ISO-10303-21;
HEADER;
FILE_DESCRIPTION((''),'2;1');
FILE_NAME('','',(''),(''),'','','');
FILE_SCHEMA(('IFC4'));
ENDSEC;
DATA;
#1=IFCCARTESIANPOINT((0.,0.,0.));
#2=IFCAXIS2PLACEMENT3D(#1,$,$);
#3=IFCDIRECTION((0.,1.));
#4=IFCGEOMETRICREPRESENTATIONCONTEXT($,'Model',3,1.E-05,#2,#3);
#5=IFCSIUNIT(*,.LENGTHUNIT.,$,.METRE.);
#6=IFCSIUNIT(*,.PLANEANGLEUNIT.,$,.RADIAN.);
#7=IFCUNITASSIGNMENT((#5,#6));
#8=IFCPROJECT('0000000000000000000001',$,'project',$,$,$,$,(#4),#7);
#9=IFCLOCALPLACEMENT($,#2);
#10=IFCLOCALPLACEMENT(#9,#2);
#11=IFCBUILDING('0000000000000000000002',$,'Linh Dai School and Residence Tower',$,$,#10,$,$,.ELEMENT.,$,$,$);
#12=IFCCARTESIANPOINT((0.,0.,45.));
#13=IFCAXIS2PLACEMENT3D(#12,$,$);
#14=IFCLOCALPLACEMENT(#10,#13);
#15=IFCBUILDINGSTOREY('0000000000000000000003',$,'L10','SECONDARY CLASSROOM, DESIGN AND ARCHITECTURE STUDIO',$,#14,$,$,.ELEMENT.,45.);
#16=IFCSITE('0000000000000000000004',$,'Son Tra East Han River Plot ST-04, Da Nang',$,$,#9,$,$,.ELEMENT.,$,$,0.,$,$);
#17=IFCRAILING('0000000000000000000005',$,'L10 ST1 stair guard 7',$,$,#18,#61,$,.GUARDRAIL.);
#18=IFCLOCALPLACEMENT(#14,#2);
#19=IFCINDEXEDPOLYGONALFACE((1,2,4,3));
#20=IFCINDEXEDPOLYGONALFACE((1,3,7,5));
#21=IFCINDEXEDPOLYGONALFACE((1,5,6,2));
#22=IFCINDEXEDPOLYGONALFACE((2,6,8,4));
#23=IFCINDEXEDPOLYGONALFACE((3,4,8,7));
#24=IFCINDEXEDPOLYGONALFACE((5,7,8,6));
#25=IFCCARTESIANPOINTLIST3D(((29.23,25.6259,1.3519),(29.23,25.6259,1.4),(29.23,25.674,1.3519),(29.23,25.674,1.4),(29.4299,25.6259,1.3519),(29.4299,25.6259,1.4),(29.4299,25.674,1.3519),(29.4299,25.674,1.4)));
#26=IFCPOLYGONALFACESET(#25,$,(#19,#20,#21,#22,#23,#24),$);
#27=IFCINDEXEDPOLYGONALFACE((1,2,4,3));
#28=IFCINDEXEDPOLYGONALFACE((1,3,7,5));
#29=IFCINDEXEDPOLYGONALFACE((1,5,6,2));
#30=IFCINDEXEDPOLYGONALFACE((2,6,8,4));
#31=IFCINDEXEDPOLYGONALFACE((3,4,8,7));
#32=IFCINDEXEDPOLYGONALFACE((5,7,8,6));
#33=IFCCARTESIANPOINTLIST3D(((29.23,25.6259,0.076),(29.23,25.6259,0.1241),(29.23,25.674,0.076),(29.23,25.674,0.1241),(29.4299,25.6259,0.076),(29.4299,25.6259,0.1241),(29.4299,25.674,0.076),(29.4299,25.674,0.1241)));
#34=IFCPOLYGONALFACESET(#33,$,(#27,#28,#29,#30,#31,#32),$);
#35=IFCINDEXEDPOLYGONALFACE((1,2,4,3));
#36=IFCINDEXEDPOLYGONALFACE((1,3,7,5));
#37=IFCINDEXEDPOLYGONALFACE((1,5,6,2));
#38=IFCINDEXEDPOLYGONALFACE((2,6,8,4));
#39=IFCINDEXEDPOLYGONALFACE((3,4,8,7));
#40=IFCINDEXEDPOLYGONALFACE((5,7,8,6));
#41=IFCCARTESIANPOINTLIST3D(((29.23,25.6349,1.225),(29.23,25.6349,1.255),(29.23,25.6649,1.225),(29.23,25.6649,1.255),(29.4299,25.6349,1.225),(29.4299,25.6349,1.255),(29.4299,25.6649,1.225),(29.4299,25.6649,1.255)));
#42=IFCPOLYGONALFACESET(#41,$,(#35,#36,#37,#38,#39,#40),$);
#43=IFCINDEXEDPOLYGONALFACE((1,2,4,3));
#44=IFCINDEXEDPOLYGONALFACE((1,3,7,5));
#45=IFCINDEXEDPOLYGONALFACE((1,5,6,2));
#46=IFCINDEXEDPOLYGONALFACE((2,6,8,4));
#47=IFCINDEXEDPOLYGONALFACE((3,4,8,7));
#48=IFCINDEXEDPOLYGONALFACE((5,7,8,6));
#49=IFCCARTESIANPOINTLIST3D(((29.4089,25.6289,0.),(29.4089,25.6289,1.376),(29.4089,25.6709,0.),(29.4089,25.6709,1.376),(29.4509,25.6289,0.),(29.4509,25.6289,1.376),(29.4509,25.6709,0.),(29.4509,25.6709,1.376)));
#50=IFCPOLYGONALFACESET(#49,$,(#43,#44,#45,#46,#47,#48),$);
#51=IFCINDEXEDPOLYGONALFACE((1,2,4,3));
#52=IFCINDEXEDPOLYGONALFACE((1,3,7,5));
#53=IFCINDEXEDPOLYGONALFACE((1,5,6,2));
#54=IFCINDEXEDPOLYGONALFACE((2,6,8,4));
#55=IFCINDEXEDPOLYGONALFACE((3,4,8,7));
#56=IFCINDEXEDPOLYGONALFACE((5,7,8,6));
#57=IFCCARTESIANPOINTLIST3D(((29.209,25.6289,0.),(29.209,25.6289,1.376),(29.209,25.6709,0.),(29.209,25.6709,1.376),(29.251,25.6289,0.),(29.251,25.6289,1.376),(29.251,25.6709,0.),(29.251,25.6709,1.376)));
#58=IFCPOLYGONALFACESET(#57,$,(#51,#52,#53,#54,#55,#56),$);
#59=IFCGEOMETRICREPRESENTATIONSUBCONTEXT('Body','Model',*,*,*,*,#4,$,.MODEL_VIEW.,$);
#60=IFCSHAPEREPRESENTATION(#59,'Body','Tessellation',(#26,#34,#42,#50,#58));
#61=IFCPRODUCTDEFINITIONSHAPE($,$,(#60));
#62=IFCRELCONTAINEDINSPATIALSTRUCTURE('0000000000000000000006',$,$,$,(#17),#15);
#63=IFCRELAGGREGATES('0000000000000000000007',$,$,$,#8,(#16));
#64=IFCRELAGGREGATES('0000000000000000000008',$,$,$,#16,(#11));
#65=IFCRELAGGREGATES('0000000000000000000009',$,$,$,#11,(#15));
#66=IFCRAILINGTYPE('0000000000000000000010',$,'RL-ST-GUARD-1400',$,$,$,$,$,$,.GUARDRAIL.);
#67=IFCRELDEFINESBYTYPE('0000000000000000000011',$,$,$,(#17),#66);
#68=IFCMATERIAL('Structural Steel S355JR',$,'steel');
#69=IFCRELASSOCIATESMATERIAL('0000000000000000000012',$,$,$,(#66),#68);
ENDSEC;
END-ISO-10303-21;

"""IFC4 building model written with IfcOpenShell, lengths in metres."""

from ifc_helpers import new_model, si_unit, direction, frame, origin, origin_2d, place, context, subcontext, project, spatial, rectangle, extrude, source, transform, mapped, material, type_object, element, save


model = new_model("IFC4")

# Units and contexts
model_context = context("Model", 3, precision=1e-05, world=origin(), true_north=direction((0.0, 1.0)))
body_context = subcontext(model_context, "Body", "Model", "MODEL_VIEW")
ifc_project = project(units=[si_unit("LENGTHUNIT", "METRE"), si_unit("PLANEANGLEUNIT", "RADIAN")], contexts=[model_context])

# Site, building, storey
site_placement = place(None, origin())
site = spatial("IfcSite", under=ifc_project, at=site_placement, Name="Son Tra East Han River Plot ST-04, Da Nang", CompositionType="ELEMENT", RefElevation=0.0)
building_placement = place(site_placement, origin())
building = spatial("IfcBuilding", under=site, at=building_placement, Name="Linh Dai School and Residence Tower", CompositionType="ELEMENT")
storey_placement = place(building_placement, frame((0.0, 0.0, 45.0)))
storey = spatial("IfcBuildingStorey", under=building, at=storey_placement, Name="L10", Description="SECONDARY CLASSROOM, DESIGN AND ARCHITECTURE STUDIO", CompositionType="ELEMENT", Elevation=45.0)

# Shared definitions
ifc_material_1 = material(Name="Structural Steel S355JR", Category="steel")

# Railing
railing_type_1 = type_object("IfcRailingType", Name="RL-ST-GUARD-1400", PredefinedType="GUARDRAIL", material=ifc_material_1)
shared_shape_1 = source(origin(), body_context, "Body", "SweptSolid", [
    extrude(rectangle(XDim=0.0481, YDim=0.0481, at=origin_2d()), frame((0.0, 0.0, 1.376), z_axis=(-1.0, 0.0, 0.0), x_axis=(0.0, -1.0, 0.0)), (0.0, 0.0, 1.0), 0.2),
    extrude(rectangle(XDim=0.0481, YDim=0.0481, at=origin_2d()), frame((0.0, 0.0, 0.1001), z_axis=(-1.0, 0.0, 0.0), x_axis=(0.0, -1.0, 0.0)), (0.0, 0.0, 1.0), 0.2),
    extrude(rectangle(XDim=0.03, YDim=0.03, at=origin_2d()), frame((0.0, 0.0, 1.24), z_axis=(-1.0, 0.0, 0.0), x_axis=(0.0, -1.0, 0.0)), (0.0, 0.0, 1.0), 0.2),
    extrude(rectangle(XDim=0.042, YDim=0.042, at=origin_2d()), origin(), (0.0, 0.0, 1.0), 1.376),
    extrude(rectangle(XDim=0.042, YDim=0.042, at=origin_2d()), frame((-0.2, 0.0, 0.0)), (0.0, 0.0, 1.0), 1.376),
])
railing_1_placement = place(storey_placement, frame((29.4299, 25.6499, 0.0)))
element("IfcRailing", 1, at=railing_1_placement, inside=storey, type_object=railing_type_1, Name="L10 ST1 stair guard 7", PredefinedType="GUARDRAIL", context=body_context, shape_type="MappedRepresentation", body=[
    mapped(shared_shape_1, transform((0.0, 0.0, 0.0), x_axis=(1.0, 0.0, 0.0), y_axis=(0.0, 1.0, 0.0), z_axis=(0.0, 0.0, 1.0), scale=1.0)),
])

save(model, "model.ifc")
